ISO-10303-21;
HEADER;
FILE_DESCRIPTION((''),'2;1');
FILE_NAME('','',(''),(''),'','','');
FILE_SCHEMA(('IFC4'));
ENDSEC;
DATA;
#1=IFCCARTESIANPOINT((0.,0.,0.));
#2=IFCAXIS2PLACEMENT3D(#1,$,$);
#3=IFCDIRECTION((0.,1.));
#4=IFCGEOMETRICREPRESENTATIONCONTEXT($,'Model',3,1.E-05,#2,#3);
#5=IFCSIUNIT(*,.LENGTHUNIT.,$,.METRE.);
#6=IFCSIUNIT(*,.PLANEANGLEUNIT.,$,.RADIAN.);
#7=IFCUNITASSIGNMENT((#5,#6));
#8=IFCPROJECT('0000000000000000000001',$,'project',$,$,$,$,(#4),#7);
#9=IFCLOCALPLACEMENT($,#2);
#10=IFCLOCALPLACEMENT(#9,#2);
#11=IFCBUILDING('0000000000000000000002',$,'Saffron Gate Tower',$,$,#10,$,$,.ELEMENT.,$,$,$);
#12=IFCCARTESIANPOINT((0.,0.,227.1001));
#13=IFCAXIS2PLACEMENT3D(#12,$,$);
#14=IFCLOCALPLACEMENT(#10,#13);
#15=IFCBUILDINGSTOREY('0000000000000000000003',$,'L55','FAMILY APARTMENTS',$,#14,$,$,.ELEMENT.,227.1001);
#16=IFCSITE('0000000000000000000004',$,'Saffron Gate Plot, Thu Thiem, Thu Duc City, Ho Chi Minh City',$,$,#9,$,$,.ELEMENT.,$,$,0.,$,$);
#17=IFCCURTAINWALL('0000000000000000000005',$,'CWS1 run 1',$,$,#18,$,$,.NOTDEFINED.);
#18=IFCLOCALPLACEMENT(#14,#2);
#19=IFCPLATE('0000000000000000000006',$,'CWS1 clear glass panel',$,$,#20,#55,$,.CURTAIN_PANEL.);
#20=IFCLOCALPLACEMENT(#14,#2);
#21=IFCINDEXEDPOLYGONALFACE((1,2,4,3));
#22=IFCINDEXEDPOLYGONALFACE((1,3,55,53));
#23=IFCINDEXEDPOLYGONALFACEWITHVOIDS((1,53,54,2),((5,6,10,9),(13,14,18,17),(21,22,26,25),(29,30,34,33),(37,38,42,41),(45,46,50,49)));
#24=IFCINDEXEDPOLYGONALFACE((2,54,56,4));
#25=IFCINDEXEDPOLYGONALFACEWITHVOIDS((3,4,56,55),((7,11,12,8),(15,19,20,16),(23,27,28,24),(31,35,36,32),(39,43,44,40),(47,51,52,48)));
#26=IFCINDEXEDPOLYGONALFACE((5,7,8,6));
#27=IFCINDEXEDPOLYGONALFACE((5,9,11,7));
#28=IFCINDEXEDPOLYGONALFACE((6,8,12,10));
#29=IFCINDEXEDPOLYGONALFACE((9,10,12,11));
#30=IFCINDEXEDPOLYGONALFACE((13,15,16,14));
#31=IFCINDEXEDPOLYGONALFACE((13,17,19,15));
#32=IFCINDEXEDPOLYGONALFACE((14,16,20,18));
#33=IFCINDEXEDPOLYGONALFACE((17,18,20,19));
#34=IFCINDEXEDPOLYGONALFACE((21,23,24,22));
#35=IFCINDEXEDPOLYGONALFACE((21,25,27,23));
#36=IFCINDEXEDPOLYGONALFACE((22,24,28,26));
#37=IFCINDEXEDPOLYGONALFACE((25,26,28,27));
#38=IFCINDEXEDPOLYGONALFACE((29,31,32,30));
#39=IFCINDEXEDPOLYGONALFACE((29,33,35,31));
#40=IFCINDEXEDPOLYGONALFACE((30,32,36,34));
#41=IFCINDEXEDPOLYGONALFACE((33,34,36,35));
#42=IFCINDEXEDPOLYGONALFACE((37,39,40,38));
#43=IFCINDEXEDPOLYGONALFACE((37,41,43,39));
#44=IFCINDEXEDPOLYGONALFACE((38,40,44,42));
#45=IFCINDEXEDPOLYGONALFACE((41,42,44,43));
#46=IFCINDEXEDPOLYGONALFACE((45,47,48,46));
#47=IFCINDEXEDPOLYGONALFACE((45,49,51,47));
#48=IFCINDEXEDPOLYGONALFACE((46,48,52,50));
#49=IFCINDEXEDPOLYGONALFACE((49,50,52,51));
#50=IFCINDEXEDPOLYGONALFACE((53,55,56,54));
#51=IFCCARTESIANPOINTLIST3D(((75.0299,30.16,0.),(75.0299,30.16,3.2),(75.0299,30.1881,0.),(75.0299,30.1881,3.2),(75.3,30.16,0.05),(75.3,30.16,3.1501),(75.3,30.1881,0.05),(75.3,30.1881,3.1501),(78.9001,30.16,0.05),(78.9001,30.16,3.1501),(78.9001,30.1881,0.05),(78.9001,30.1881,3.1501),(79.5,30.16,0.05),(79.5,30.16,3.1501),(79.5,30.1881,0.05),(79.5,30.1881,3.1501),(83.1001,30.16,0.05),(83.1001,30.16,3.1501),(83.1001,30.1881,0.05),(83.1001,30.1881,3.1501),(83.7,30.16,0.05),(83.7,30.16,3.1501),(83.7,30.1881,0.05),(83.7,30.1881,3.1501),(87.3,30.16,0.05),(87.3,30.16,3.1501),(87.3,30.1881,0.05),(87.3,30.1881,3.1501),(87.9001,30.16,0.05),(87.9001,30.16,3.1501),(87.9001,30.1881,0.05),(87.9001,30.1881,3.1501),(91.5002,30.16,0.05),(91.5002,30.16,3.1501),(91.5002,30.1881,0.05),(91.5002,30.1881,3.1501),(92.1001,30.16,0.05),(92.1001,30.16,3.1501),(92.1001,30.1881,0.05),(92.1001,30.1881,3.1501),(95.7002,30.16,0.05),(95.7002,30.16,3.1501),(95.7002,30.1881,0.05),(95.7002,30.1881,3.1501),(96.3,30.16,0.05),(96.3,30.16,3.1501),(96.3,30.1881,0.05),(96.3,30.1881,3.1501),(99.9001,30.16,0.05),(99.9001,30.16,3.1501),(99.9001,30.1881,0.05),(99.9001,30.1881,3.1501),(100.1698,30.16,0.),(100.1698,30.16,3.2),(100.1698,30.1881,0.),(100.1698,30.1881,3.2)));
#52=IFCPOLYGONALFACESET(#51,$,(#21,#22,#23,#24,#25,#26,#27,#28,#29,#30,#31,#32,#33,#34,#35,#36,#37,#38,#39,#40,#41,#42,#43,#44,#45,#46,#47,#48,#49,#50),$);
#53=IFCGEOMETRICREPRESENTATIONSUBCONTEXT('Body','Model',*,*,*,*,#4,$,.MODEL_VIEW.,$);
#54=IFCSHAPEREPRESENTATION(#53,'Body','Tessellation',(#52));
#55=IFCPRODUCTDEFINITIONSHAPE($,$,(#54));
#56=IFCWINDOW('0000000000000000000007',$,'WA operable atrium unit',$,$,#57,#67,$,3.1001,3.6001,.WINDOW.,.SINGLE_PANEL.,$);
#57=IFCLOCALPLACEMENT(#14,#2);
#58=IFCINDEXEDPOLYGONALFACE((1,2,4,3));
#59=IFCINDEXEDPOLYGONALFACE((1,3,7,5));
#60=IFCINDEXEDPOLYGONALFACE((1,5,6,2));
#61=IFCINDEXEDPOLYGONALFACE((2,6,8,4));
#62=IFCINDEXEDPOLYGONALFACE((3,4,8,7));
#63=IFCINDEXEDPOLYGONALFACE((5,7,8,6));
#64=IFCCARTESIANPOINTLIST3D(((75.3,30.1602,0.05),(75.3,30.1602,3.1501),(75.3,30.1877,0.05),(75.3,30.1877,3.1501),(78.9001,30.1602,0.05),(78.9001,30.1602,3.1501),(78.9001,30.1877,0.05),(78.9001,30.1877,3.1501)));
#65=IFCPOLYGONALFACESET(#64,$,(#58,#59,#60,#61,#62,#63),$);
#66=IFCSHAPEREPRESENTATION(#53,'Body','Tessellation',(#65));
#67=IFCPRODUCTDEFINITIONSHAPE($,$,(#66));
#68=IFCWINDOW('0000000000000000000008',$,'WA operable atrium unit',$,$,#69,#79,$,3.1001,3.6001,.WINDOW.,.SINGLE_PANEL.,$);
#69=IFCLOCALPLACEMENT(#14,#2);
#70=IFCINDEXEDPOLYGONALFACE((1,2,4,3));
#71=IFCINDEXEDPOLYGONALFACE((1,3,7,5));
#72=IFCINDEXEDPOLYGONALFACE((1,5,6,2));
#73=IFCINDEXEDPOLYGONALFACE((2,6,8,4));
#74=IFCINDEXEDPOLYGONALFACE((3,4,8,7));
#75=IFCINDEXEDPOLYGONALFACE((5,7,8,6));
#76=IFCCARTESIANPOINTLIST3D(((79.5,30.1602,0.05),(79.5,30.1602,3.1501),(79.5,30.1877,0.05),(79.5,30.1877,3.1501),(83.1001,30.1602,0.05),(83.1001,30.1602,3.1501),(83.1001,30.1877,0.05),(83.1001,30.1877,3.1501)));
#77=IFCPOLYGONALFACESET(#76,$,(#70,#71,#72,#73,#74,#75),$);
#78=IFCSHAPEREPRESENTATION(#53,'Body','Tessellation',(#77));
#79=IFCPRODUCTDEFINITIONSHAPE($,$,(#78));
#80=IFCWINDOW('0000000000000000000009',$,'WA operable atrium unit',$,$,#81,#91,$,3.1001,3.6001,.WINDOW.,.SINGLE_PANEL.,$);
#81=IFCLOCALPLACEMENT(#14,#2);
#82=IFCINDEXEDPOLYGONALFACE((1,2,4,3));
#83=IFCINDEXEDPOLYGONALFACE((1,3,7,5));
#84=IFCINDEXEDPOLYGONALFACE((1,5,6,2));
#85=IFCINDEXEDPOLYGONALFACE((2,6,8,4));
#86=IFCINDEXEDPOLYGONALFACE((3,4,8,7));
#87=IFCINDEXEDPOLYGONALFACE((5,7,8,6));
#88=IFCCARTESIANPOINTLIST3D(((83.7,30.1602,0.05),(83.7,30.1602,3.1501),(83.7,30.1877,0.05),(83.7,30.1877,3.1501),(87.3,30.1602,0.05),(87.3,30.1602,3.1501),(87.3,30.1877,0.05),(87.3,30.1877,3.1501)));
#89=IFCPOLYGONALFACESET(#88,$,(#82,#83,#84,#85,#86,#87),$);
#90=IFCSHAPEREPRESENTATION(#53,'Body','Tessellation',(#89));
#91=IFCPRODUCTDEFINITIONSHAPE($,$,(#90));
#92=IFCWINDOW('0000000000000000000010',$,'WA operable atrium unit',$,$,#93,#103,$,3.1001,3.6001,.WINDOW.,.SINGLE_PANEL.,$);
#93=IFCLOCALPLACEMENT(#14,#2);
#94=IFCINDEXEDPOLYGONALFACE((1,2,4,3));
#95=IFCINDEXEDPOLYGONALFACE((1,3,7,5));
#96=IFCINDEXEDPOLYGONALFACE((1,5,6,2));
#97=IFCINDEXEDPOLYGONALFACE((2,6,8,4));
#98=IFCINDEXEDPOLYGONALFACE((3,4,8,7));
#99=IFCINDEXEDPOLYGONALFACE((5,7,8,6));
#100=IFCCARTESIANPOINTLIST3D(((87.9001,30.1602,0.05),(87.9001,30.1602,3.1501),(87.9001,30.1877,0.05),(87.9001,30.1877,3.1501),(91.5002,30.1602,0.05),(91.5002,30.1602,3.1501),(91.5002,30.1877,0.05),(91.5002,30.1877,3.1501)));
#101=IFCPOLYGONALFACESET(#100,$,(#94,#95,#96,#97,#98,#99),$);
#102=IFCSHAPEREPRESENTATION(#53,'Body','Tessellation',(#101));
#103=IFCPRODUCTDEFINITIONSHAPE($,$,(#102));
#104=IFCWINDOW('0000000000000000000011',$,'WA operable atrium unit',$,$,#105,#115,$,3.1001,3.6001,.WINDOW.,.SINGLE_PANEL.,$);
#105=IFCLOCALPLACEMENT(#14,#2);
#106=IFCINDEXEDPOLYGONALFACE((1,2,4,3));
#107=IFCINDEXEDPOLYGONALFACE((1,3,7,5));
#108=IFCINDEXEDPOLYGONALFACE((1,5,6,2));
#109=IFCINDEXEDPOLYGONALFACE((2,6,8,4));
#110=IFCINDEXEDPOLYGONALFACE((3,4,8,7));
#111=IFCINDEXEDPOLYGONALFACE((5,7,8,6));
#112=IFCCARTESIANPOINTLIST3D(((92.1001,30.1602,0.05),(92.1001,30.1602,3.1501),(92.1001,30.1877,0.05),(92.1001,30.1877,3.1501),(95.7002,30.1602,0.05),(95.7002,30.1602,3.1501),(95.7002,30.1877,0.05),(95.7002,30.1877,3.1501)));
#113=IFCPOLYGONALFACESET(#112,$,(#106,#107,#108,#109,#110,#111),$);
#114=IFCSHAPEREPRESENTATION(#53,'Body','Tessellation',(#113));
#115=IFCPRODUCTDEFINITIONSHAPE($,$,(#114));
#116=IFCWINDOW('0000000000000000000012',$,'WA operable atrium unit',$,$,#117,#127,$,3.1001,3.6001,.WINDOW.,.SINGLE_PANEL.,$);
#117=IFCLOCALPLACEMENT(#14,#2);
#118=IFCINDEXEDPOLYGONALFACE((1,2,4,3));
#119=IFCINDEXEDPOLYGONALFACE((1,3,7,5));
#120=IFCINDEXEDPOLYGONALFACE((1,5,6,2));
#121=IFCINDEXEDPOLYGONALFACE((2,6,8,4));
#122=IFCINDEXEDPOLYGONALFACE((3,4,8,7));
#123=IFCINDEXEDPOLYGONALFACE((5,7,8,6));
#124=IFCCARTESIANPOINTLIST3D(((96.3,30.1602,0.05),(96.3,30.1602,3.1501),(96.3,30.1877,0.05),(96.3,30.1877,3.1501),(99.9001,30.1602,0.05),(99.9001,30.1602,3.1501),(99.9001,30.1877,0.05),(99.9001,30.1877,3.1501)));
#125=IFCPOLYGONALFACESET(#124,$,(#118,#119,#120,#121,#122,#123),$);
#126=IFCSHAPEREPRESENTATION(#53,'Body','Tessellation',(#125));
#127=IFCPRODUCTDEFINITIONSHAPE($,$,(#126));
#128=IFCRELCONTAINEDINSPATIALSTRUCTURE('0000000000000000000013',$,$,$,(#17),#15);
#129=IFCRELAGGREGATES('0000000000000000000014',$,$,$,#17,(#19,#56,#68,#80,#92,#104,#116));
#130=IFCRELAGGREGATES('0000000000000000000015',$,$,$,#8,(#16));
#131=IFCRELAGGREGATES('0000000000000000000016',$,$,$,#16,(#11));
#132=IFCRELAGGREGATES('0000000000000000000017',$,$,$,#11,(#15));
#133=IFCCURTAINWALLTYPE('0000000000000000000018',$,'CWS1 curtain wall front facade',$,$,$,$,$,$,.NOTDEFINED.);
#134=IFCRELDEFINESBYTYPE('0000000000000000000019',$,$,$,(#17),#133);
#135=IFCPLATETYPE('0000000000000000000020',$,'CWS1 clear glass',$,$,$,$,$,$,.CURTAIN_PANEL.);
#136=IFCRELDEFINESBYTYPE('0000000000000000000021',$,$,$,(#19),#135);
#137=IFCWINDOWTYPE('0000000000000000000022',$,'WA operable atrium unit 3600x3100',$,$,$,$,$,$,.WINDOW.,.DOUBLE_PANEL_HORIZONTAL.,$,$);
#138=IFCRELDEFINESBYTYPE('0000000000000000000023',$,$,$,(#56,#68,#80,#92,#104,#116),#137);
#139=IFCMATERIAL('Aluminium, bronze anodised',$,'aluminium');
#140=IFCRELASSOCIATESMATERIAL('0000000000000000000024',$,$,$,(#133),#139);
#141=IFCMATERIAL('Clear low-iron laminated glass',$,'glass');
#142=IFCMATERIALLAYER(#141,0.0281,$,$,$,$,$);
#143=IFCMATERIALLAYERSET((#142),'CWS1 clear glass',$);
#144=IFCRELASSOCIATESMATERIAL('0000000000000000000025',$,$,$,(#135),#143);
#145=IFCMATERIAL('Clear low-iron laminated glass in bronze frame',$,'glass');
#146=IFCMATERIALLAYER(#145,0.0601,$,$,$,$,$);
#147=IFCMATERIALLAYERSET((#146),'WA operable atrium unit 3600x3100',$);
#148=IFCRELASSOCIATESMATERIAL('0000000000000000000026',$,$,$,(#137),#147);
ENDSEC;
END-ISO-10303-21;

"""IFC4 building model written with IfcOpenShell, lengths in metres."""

from ifc_helpers import new_model, si_unit, direction, frame, frame_2d, origin, place, context, subcontext, project, spatial, rectangle, extrude, material, layer, layer_set, type_object, element, fill, aggregate, save


model = new_model("IFC4")

# Units and contexts
model_context = context("Model", 3, precision=1e-05, world=origin(), true_north=direction((0.0, 1.0)))
body_context = subcontext(model_context, "Body", "Model", "MODEL_VIEW")
ifc_project = project(units=[si_unit("LENGTHUNIT", "METRE"), si_unit("PLANEANGLEUNIT", "RADIAN")], contexts=[model_context])

# Site, building, storey
site_placement = place(None, origin())
site = spatial("IfcSite", under=ifc_project, at=site_placement, Name="Saffron Gate Plot, Thu Thiem, Thu Duc City, Ho Chi Minh City", CompositionType="ELEMENT", RefElevation=0.0)
building_placement = place(site_placement, origin())
building = spatial("IfcBuilding", under=site, at=building_placement, Name="Saffron Gate Tower", CompositionType="ELEMENT")
storey_placement = place(building_placement, frame((0.0, 0.0, 227.1001)))
storey = spatial("IfcBuildingStorey", under=building, at=storey_placement, Name="L55", Description="FAMILY APARTMENTS", CompositionType="ELEMENT", Elevation=227.1001)

# Curtain wall, plate, openings, windows
ifc_material_1 = material(Name="Aluminium, bronze anodised", Category="aluminium")
curtain_wall_type = type_object("IfcCurtainWallType", Name="CWS1 curtain wall front facade", PredefinedType="NOTDEFINED", material=ifc_material_1)
curtain_wall_placement = place(storey_placement, origin())
curtain_wall = element("IfcCurtainWall", 1, at=curtain_wall_placement, inside=storey, type_object=curtain_wall_type, Name="CWS1 run 1", PredefinedType="NOTDEFINED")
ifc_material_2 = material(Name="Clear low-iron laminated glass", Category="glass")
ifc_layer_1 = layer(ifc_material_2, 0.0281)
ifc_layer_set_1 = layer_set([ifc_layer_1], Name="CWS1 clear glass")
plate_type = type_object("IfcPlateType", Name="CWS1 clear glass", PredefinedType="CURTAIN_PANEL", material=ifc_layer_set_1)
plate_placement = place(storey_placement, frame((75.03, 30.1741, 0.0), z_axis=(0.0, 0.0, 1.0), x_axis=(1.0, 0.0, 0.0)))
plate = element("IfcPlate", 2, at=plate_placement, type_object=plate_type, Name="CWS1 clear glass panel", PredefinedType="CURTAIN_PANEL", context=body_context, shape_type="SweptSolid", body=[
    extrude(rectangle(XDim=25.1399, YDim=0.0281, at=frame_2d((12.5698, 0.0))), origin(), (0.0, 0.0, 1.0), 3.2),
])
opening_1_placement = place(plate_placement, frame((0.27, 0.0, 0.05)))
opening_1 = element("IfcOpeningElement", 3, at=opening_1_placement, cuts=plate, PredefinedType="OPENING", context=body_context, shape_type="SweptSolid", body=[
    extrude(rectangle(XDim=3.6001, YDim=3.1001, at=frame_2d((1.8, 1.55))), frame((0.0, 0.0239, 0.0), z_axis=(0.0, -1.0, 0.0), x_axis=(1.0, 0.0, 0.0)), (0.0, 0.0, 1.0), 0.0481),
])
opening_2_placement = place(plate_placement, frame((4.47, 0.0, 0.05)))
opening_2 = element("IfcOpeningElement", 4, at=opening_2_placement, cuts=plate, PredefinedType="OPENING", context=body_context, shape_type="SweptSolid", body=[
    extrude(rectangle(XDim=3.6001, YDim=3.1001, at=frame_2d((1.8, 1.55))), frame((0.0, 0.0239, 0.0), z_axis=(0.0, -1.0, 0.0), x_axis=(1.0, 0.0, 0.0)), (0.0, 0.0, 1.0), 0.0481),
])
opening_3_placement = place(plate_placement, frame((8.6699, 0.0, 0.05)))
opening_3 = element("IfcOpeningElement", 5, at=opening_3_placement, cuts=plate, PredefinedType="OPENING", context=body_context, shape_type="SweptSolid", body=[
    extrude(rectangle(XDim=3.6001, YDim=3.1001, at=frame_2d((1.8, 1.55))), frame((0.0, 0.0239, 0.0), z_axis=(0.0, -1.0, 0.0), x_axis=(1.0, 0.0, 0.0)), (0.0, 0.0, 1.0), 0.0481),
])
opening_4_placement = place(plate_placement, frame((12.8701, 0.0, 0.05)))
opening_4 = element("IfcOpeningElement", 6, at=opening_4_placement, cuts=plate, PredefinedType="OPENING", context=body_context, shape_type="SweptSolid", body=[
    extrude(rectangle(XDim=3.6001, YDim=3.1001, at=frame_2d((1.8, 1.55))), frame((0.0, 0.0239, 0.0), z_axis=(0.0, -1.0, 0.0), x_axis=(1.0, 0.0, 0.0)), (0.0, 0.0, 1.0), 0.0481),
])
opening_5_placement = place(plate_placement, frame((17.0701, 0.0, 0.05)))
opening_5 = element("IfcOpeningElement", 7, at=opening_5_placement, cuts=plate, PredefinedType="OPENING", context=body_context, shape_type="SweptSolid", body=[
    extrude(rectangle(XDim=3.6001, YDim=3.1001, at=frame_2d((1.8, 1.55))), frame((0.0, 0.0239, 0.0), z_axis=(0.0, -1.0, 0.0), x_axis=(1.0, 0.0, 0.0)), (0.0, 0.0, 1.0), 0.0481),
])
opening_6_placement = place(plate_placement, frame((21.27, 0.0, 0.05)))
opening_6 = element("IfcOpeningElement", 8, at=opening_6_placement, cuts=plate, PredefinedType="OPENING", context=body_context, shape_type="SweptSolid", body=[
    extrude(rectangle(XDim=3.6001, YDim=3.1001, at=frame_2d((1.8, 1.55))), frame((0.0, 0.0239, 0.0), z_axis=(0.0, -1.0, 0.0), x_axis=(1.0, 0.0, 0.0)), (0.0, 0.0, 1.0), 0.0481),
])
ifc_material_3 = material(Name="Clear low-iron laminated glass in bronze frame", Category="glass")
ifc_layer_2 = layer(ifc_material_3, 0.0601)
ifc_layer_set_2 = layer_set([ifc_layer_2], Name="WA operable atrium unit 3600x3100")
window_type = type_object("IfcWindowType", Name="WA operable atrium unit 3600x3100", PartitioningType="DOUBLE_PANEL_HORIZONTAL", PredefinedType="WINDOW", material=ifc_layer_set_2)
window_1_placement = place(opening_1_placement, origin())
window_1 = element("IfcWindow", 9, at=window_1_placement, type_object=window_type, Name="WA operable atrium unit", OverallHeight=3.1001, OverallWidth=3.6001, PartitioningType="SINGLE_PANEL", PredefinedType="WINDOW", context=body_context, shape_type="SweptSolid", body=[
    extrude(rectangle(XDim=3.6001, YDim=3.1001, at=frame_2d((1.8, 1.55))), frame((0.0, 0.0137, 0.0), z_axis=(0.0, -1.0, 0.0), x_axis=(1.0, 0.0, 0.0)), (0.0, 0.0, 1.0), 0.0276),
])
fill(opening_1, window_1)
window_2_placement = place(opening_2_placement, origin())
window_2 = element("IfcWindow", 10, at=window_2_placement, type_object=window_type, Name="WA operable atrium unit", OverallHeight=3.1001, OverallWidth=3.6001, PartitioningType="SINGLE_PANEL", PredefinedType="WINDOW", context=body_context, shape_type="SweptSolid", body=[
    extrude(rectangle(XDim=3.6001, YDim=3.1001, at=frame_2d((1.8, 1.55))), frame((0.0, 0.0137, 0.0), z_axis=(0.0, -1.0, 0.0), x_axis=(1.0, 0.0, 0.0)), (0.0, 0.0, 1.0), 0.0276),
])
fill(opening_2, window_2)
window_3_placement = place(opening_3_placement, origin())
window_3 = element("IfcWindow", 11, at=window_3_placement, type_object=window_type, Name="WA operable atrium unit", OverallHeight=3.1001, OverallWidth=3.6001, PartitioningType="SINGLE_PANEL", PredefinedType="WINDOW", context=body_context, shape_type="SweptSolid", body=[
    extrude(rectangle(XDim=3.6001, YDim=3.1001, at=frame_2d((1.8, 1.55))), frame((0.0, 0.0137, 0.0), z_axis=(0.0, -1.0, 0.0), x_axis=(1.0, 0.0, 0.0)), (0.0, 0.0, 1.0), 0.0276),
])
fill(opening_3, window_3)
window_4_placement = place(opening_4_placement, origin())
window_4 = element("IfcWindow", 12, at=window_4_placement, type_object=window_type, Name="WA operable atrium unit", OverallHeight=3.1001, OverallWidth=3.6001, PartitioningType="SINGLE_PANEL", PredefinedType="WINDOW", context=body_context, shape_type="SweptSolid", body=[
    extrude(rectangle(XDim=3.6001, YDim=3.1001, at=frame_2d((1.8, 1.55))), frame((0.0, 0.0137, 0.0), z_axis=(0.0, -1.0, 0.0), x_axis=(1.0, 0.0, 0.0)), (0.0, 0.0, 1.0), 0.0276),
])
fill(opening_4, window_4)
window_5_placement = place(opening_5_placement, origin())
window_5 = element("IfcWindow", 13, at=window_5_placement, type_object=window_type, Name="WA operable atrium unit", OverallHeight=3.1001, OverallWidth=3.6001, PartitioningType="SINGLE_PANEL", PredefinedType="WINDOW", context=body_context, shape_type="SweptSolid", body=[
    extrude(rectangle(XDim=3.6001, YDim=3.1001, at=frame_2d((1.8, 1.55))), frame((0.0, 0.0137, 0.0), z_axis=(0.0, -1.0, 0.0), x_axis=(1.0, 0.0, 0.0)), (0.0, 0.0, 1.0), 0.0276),
])
fill(opening_5, window_5)
window_6_placement = place(opening_6_placement, origin())
window_6 = element("IfcWindow", 14, at=window_6_placement, type_object=window_type, Name="WA operable atrium unit", OverallHeight=3.1001, OverallWidth=3.6001, PartitioningType="SINGLE_PANEL", PredefinedType="WINDOW", context=body_context, shape_type="SweptSolid", body=[
    extrude(rectangle(XDim=3.6001, YDim=3.1001, at=frame_2d((1.8, 1.55))), frame((0.0, 0.0137, 0.0), z_axis=(0.0, -1.0, 0.0), x_axis=(1.0, 0.0, 0.0)), (0.0, 0.0, 1.0), 0.0276),
])
fill(opening_6, window_6)
aggregate(curtain_wall, [plate, window_1, window_2, window_3, window_4, window_5, window_6])

save(model, "model.ifc")
